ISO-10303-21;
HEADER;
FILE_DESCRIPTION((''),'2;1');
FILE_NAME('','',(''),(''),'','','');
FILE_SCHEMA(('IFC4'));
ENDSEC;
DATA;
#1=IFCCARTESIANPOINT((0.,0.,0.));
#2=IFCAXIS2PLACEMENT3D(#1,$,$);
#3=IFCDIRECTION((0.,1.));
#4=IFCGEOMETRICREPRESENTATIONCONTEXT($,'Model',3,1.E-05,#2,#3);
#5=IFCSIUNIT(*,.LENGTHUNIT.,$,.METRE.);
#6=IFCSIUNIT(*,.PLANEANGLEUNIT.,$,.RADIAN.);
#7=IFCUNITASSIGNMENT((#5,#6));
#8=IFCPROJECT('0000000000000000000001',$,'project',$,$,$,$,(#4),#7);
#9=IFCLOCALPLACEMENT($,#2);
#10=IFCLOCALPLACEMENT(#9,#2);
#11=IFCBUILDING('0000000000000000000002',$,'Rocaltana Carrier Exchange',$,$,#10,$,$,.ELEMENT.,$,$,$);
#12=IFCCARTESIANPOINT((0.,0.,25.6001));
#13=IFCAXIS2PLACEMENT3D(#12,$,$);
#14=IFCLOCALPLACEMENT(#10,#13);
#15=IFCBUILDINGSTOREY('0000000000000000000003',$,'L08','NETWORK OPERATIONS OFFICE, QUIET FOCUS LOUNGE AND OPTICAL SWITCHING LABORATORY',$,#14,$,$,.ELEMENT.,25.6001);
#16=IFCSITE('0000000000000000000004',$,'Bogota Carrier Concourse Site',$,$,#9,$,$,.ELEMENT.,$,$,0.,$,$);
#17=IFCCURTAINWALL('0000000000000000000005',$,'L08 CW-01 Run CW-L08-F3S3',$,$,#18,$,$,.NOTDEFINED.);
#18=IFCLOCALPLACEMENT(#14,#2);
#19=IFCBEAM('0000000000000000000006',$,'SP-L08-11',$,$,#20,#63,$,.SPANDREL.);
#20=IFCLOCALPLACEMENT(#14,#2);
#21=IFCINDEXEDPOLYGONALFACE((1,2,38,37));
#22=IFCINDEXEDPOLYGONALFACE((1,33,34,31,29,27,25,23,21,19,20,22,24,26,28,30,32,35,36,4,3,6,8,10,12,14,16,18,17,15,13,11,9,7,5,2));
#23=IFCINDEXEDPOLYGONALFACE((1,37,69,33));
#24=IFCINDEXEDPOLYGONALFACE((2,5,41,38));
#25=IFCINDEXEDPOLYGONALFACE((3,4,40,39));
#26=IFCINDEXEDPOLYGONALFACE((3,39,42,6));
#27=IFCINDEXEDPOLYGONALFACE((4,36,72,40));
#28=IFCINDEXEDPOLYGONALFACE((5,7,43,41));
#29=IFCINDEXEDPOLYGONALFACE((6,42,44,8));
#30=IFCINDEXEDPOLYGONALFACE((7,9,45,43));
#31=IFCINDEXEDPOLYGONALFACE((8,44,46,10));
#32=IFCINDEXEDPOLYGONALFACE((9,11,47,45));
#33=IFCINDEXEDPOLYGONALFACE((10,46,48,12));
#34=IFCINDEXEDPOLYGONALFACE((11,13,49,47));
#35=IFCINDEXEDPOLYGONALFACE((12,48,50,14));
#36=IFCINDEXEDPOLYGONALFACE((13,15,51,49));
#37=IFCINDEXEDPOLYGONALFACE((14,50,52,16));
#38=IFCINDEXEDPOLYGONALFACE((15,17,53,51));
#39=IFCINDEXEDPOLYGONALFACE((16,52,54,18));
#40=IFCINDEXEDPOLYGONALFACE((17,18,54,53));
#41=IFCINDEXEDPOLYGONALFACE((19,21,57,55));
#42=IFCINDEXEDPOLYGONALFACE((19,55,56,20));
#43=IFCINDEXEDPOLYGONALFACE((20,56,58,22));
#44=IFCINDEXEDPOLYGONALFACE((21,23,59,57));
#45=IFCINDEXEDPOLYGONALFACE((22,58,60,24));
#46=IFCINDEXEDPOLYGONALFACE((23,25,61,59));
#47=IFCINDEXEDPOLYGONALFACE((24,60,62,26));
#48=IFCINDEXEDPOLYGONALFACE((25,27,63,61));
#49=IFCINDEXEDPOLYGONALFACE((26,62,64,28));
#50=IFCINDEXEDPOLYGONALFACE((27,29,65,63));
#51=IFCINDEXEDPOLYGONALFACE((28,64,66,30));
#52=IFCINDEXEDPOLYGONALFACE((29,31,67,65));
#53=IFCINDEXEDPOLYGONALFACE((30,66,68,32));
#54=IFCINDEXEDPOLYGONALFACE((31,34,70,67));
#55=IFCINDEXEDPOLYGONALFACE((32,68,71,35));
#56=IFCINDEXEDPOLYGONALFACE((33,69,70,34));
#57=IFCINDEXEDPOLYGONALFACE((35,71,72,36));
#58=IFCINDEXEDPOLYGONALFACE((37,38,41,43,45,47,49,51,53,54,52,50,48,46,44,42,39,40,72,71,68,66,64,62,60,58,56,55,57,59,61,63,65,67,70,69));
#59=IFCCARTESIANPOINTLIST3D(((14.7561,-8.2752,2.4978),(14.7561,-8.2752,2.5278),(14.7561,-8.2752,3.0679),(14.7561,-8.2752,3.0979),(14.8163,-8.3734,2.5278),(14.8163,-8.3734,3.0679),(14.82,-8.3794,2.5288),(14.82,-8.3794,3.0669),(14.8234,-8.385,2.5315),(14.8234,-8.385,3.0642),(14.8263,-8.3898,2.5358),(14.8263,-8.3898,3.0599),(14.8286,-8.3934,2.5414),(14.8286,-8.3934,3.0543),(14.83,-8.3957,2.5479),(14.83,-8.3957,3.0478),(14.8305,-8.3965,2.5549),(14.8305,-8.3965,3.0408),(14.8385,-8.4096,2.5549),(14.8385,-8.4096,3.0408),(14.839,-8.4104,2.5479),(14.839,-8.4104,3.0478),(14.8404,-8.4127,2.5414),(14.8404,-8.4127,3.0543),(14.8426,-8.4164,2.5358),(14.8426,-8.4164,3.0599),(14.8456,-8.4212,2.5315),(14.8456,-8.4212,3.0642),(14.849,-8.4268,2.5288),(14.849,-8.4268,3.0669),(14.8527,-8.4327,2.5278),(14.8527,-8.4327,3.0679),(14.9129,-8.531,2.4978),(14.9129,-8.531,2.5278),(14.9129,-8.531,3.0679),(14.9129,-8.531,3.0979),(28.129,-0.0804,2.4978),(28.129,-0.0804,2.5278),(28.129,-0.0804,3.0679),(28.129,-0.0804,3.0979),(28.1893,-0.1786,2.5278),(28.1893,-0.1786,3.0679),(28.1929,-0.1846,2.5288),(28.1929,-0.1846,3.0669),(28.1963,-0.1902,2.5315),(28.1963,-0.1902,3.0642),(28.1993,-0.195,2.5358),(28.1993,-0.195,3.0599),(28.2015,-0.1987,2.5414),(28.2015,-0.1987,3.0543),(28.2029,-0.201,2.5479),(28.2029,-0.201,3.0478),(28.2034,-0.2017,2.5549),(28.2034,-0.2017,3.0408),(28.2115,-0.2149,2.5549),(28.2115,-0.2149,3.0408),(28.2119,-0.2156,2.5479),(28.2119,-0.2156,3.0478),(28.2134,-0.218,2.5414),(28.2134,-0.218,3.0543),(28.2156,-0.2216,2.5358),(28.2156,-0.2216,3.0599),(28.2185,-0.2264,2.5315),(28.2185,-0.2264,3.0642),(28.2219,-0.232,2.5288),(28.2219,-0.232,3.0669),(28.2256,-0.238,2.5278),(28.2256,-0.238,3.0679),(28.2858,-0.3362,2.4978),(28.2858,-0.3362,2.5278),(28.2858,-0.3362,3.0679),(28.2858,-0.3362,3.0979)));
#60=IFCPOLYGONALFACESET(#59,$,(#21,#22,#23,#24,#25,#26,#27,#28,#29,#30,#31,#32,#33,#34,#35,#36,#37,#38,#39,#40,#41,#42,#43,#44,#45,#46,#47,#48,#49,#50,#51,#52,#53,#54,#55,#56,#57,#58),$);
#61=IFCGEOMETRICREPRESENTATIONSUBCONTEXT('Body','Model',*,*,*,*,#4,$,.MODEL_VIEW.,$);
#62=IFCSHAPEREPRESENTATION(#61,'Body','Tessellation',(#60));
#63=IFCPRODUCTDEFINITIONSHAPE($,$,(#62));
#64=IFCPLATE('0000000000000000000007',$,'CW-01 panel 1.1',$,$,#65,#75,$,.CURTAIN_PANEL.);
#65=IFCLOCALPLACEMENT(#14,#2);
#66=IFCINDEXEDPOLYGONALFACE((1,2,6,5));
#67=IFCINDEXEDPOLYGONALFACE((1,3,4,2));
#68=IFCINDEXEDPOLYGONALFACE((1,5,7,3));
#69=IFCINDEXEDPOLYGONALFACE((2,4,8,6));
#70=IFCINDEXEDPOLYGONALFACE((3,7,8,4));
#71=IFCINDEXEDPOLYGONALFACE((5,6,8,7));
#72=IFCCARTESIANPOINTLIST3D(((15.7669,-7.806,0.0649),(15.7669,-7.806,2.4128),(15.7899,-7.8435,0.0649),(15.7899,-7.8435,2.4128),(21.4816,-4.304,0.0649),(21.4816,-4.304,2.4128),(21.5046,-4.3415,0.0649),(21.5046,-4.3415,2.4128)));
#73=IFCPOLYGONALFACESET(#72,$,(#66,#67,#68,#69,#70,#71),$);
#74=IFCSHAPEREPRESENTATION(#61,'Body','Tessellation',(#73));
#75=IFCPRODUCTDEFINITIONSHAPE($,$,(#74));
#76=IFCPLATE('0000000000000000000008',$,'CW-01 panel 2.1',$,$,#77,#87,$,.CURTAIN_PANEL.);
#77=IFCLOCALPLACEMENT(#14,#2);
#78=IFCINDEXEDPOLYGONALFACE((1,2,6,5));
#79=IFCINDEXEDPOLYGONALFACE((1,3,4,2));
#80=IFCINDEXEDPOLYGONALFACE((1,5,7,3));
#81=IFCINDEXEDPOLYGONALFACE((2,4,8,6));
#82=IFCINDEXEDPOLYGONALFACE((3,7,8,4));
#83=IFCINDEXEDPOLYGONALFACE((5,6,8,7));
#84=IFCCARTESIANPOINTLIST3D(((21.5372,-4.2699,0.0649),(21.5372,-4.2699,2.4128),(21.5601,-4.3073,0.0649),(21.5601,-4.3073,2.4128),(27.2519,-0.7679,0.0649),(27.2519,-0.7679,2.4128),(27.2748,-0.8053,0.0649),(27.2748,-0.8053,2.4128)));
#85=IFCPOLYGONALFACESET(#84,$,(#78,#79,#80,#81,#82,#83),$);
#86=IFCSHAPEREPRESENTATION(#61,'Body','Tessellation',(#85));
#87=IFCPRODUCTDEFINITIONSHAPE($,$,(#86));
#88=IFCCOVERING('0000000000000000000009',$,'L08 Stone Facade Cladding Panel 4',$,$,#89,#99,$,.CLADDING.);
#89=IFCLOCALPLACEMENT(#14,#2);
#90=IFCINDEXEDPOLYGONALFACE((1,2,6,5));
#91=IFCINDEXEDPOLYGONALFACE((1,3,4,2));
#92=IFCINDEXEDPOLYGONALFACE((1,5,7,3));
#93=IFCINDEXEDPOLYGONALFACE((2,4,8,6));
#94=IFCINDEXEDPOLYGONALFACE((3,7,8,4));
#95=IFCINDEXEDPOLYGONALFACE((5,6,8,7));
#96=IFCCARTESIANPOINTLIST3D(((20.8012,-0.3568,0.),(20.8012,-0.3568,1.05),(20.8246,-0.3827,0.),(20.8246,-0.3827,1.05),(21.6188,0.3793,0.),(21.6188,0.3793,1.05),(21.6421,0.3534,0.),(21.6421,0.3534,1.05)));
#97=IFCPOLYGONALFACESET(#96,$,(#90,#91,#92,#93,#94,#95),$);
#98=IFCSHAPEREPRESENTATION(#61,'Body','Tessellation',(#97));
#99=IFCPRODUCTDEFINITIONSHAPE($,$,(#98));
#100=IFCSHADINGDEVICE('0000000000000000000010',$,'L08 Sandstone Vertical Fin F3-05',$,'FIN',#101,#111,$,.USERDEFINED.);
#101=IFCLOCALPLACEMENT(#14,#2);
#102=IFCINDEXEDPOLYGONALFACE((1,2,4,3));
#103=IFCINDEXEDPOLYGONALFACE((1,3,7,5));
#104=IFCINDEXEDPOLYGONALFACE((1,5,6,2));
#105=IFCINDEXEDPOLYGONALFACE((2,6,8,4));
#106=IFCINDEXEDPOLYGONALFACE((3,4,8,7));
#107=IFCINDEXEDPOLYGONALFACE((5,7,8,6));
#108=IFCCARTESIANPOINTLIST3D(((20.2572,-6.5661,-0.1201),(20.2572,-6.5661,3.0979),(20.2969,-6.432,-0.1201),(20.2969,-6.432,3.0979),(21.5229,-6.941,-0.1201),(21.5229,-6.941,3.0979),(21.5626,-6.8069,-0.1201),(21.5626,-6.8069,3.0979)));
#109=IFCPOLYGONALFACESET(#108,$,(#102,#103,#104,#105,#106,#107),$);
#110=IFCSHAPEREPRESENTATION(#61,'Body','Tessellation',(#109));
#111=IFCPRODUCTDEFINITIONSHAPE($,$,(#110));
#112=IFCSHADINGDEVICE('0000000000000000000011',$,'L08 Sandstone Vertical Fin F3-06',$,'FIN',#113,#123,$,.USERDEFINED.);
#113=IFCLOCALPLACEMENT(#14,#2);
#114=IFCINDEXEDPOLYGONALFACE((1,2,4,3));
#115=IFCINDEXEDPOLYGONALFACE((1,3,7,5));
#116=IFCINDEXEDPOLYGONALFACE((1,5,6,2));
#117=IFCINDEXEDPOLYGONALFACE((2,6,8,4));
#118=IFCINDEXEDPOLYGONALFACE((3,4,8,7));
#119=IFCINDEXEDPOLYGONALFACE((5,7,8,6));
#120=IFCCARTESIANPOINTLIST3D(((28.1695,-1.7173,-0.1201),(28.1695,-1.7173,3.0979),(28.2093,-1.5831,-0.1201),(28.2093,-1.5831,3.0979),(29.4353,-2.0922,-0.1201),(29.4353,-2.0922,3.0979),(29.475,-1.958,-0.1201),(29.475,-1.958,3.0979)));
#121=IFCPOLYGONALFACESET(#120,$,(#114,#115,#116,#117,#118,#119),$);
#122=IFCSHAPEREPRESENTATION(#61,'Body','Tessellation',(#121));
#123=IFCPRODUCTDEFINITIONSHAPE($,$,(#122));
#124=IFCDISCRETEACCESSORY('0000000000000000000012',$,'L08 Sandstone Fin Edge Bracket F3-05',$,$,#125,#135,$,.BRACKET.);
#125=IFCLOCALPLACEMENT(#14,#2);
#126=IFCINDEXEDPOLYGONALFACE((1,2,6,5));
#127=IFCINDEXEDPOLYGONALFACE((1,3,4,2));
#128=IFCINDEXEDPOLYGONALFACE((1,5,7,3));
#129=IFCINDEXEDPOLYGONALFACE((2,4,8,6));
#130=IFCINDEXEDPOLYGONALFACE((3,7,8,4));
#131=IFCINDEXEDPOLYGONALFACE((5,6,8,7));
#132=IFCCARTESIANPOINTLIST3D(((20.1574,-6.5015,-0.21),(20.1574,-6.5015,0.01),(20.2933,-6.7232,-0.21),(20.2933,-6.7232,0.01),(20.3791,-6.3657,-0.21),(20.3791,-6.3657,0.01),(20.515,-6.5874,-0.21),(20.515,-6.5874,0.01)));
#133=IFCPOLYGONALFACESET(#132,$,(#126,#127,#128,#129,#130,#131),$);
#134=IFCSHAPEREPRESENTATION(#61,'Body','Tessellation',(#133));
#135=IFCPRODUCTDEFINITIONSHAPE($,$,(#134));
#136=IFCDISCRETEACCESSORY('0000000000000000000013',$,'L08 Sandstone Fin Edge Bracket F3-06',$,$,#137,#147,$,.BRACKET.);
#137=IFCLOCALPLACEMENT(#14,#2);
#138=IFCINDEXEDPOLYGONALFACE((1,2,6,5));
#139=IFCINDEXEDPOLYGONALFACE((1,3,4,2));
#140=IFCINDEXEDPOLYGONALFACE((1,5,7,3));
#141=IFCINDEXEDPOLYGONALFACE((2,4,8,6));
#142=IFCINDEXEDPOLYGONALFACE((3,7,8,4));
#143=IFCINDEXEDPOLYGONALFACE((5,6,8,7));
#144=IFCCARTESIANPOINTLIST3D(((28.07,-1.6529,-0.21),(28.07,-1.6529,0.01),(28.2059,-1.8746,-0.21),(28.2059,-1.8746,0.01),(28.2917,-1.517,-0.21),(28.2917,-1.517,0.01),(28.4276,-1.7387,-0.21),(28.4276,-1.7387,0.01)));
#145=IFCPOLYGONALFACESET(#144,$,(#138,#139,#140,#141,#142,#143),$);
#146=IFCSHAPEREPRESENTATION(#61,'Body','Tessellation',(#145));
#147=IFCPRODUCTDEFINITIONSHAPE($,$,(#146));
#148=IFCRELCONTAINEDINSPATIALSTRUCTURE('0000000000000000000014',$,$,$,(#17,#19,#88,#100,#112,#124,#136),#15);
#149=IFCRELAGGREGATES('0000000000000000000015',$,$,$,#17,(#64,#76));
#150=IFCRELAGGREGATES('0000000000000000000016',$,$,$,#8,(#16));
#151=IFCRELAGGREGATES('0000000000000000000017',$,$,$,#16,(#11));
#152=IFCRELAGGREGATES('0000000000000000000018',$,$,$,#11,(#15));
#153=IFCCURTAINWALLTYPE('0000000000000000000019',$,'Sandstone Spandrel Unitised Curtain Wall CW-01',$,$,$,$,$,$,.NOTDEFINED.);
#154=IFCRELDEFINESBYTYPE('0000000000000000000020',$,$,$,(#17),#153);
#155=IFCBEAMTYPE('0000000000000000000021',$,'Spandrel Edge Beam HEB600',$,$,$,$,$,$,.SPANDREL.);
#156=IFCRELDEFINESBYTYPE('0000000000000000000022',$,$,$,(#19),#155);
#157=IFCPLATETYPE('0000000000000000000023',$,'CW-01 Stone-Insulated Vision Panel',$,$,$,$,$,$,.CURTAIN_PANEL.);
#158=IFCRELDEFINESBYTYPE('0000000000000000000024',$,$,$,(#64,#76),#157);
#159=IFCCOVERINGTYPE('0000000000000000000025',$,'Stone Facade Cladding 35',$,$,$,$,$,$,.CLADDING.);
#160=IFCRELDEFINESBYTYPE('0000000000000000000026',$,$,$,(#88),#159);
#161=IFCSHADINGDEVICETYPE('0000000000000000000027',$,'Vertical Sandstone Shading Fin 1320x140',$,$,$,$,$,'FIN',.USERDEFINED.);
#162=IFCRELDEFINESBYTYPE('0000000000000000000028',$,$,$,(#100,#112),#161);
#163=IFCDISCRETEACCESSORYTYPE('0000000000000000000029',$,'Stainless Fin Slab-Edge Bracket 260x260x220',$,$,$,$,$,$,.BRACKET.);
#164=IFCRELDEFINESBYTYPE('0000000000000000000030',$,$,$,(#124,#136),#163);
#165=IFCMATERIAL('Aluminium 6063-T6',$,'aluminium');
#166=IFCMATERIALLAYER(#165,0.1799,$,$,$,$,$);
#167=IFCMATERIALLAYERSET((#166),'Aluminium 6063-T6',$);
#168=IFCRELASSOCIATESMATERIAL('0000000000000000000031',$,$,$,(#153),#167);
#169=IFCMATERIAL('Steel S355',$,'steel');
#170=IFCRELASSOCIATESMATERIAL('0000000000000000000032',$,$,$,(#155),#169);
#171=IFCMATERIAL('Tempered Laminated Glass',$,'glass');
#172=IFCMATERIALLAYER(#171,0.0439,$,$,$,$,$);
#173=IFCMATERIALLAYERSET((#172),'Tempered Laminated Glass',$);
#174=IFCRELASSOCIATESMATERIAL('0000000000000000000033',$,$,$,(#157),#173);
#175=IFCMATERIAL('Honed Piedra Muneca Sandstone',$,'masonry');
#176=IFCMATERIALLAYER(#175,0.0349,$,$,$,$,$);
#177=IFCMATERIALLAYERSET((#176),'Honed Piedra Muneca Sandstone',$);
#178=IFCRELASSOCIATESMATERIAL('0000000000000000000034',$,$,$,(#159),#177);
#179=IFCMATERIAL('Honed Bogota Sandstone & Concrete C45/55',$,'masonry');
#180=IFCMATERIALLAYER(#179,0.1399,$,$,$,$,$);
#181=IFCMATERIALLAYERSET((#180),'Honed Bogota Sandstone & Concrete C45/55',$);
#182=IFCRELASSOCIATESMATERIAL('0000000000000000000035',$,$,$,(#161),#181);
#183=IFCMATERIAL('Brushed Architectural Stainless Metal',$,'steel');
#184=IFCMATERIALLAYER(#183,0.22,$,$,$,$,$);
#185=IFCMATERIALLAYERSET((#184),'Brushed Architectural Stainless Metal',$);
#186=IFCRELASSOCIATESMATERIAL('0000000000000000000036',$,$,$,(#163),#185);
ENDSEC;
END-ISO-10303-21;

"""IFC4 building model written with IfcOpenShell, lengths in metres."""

from ifc_helpers import new_model, si_unit, direction, frame, origin, origin_2d, place, context, subcontext, project, spatial, rectangle, i_section, extrude, material, layer, layer_set, material_profile, profile_set, type_object, element, aggregate, save


model = new_model("IFC4")

# Units and contexts
model_context = context("Model", 3, precision=1e-05, world=origin(), true_north=direction((0.0, 1.0)))
body_context = subcontext(model_context, "Body", "Model", "MODEL_VIEW")
ifc_project = project(units=[si_unit("LENGTHUNIT", "METRE"), si_unit("PLANEANGLEUNIT", "RADIAN")], contexts=[model_context])

# Site, building, storey
site_placement = place(None, origin())
site = spatial("IfcSite", under=ifc_project, at=site_placement, Name="Bogota Carrier Concourse Site", CompositionType="ELEMENT", RefElevation=0.0)
building_placement = place(site_placement, origin())
building = spatial("IfcBuilding", under=site, at=building_placement, Name="Rocaltana Carrier Exchange", CompositionType="ELEMENT")
storey_placement = place(building_placement, frame((0.0, 0.0, 25.6001)))
storey = spatial("IfcBuildingStorey", under=building, at=storey_placement, Name="L08", Description="NETWORK OPERATIONS OFFICE, QUIET FOCUS LOUNGE AND OPTICAL SWITCHING LABORATORY", CompositionType="ELEMENT", Elevation=25.6001)

# Curtain wall
ifc_material_1 = material(Name="Aluminium 6063-T6", Category="aluminium")
ifc_layer_1 = layer(ifc_material_1, 0.1799)
ifc_layer_set_1 = layer_set([ifc_layer_1], Name="Aluminium 6063-T6")
curtain_wall_type = type_object("IfcCurtainWallType", Name="Sandstone Spandrel Unitised Curtain Wall CW-01", PredefinedType="NOTDEFINED", material=ifc_layer_set_1)
curtain_wall_placement = place(storey_placement, origin())
curtain_wall = element("IfcCurtainWall", 1, at=curtain_wall_placement, inside=storey, type_object=curtain_wall_type, Name="L08 CW-01 Run CW-L08-F3S3", PredefinedType="NOTDEFINED")

# Beam
ifc_material_2 = material(Name="Steel S355", Category="steel")
ifc_material_profile_1 = material_profile(ifc_material_2, i_section(OverallWidth=0.3, OverallDepth=0.6001, WebThickness=0.0154, FlangeThickness=0.03, FilletRadius=0.0271, at=origin_2d()), Name="HEB600")
ifc_profile_set_1 = profile_set([ifc_material_profile_1], Name="Steel S355")
beam_type_1 = type_object("IfcBeamType", Name="Spandrel Edge Beam HEB600", PredefinedType="SPANDREL", material=ifc_profile_set_1)
beam_1_placement = place(storey_placement, frame((14.8345, -8.4031, 2.7979), z_axis=(0.852646, 0.52249, 0.0), x_axis=(-0.52249, 0.852646, 0.0)))
element("IfcBeam", 2, at=beam_1_placement, inside=storey, type_object=beam_type_1, Name="SP-L08-11", PredefinedType="SPANDREL", context=body_context, shape_type="SweptSolid", body=[
    extrude(i_section(OverallWidth=0.3, OverallDepth=0.6001, WebThickness=0.0154, FlangeThickness=0.03, FilletRadius=0.0271, at=origin_2d()), origin(), (0.0, 0.0, 1.0), 15.6841),
])

# Plates
ifc_material_3 = material(Name="Tempered Laminated Glass", Category="glass")
ifc_layer_2 = layer(ifc_material_3, 0.0439)
ifc_layer_set_2 = layer_set([ifc_layer_2], Name="Tempered Laminated Glass")
plate_type = type_object("IfcPlateType", Name="CW-01 Stone-Insulated Vision Panel", PredefinedType="CURTAIN_PANEL", material=ifc_layer_set_2)
plate_1_placement = place(storey_placement, frame((18.6357, -6.0737, 0.0649), z_axis=(0.0, 0.0, 1.0), x_axis=(0.852639, 0.5225, 0.0)))
plate_1 = element("IfcPlate", 3, at=plate_1_placement, type_object=plate_type, Name="CW-01 panel 1.1", PredefinedType="CURTAIN_PANEL", context=body_context, shape_type="SweptSolid", body=[
    extrude(rectangle(XDim=6.7024, YDim=0.0439, at=origin_2d()), origin(), (0.0, 0.0, 1.0), 2.3479),
])
plate_2_placement = place(storey_placement, frame((24.406, -2.5376, 0.0649), z_axis=(0.0, 0.0, 1.0), x_axis=(0.852639, 0.5225, 0.0)))
plate_2 = element("IfcPlate", 4, at=plate_2_placement, type_object=plate_type, Name="CW-01 panel 2.1", PredefinedType="CURTAIN_PANEL", context=body_context, shape_type="SweptSolid", body=[
    extrude(rectangle(XDim=6.7024, YDim=0.0439, at=origin_2d()), origin(), (0.0, 0.0, 1.0), 2.3479),
])
aggregate(curtain_wall, [plate_1, plate_2])

# Covering
ifc_material_4 = material(Name="Honed Piedra Muneca Sandstone", Category="masonry")
ifc_layer_3 = layer(ifc_material_4, 0.0349)
ifc_layer_set_3 = layer_set([ifc_layer_3], Name="Honed Piedra Muneca Sandstone")
covering_type = type_object("IfcCoveringType", Name="Stone Facade Cladding 35", PredefinedType="CLADDING", material=ifc_layer_set_3)
covering_placement = place(storey_placement, frame((21.2217, -0.0017, 0.0), z_axis=(0.0, 0.0, 1.0), x_axis=(0.743145, 0.669131, 0.0)))
element("IfcCovering", 5, at=covering_placement, inside=storey, type_object=covering_type, Name="L08 Stone Facade Cladding Panel 4", PredefinedType="CLADDING", context=body_context, shape_type="SweptSolid", body=[
    extrude(rectangle(XDim=1.1001, YDim=0.0349, at=origin_2d()), origin(), (0.0, 0.0, 1.0), 1.05),
])

# Shading devices
ifc_material_5 = material(Name="Honed Bogota Sandstone & Concrete C45/55", Category="masonry")
ifc_layer_4 = layer(ifc_material_5, 0.1399)
ifc_layer_set_4 = layer_set([ifc_layer_4], Name="Honed Bogota Sandstone & Concrete C45/55")
shading_device_type = type_object("IfcShadingDeviceType", Name="Vertical Sandstone Shading Fin 1320x140", ElementType="FIN", PredefinedType="USERDEFINED", material=ifc_layer_set_4)
for number, where, z_axis, x_axis, name in (
    (6, (20.9099, -6.6865, -0.1201), (0.0, 0.0, 1.0), (0.95882, -0.284015, 0.0), "L08 Sandstone Vertical Fin F3-05"),
    (7, (28.8223, -1.8376, -0.1201), (0.0, 0.0, 1.0), (0.95882, -0.284015, 0.0), "L08 Sandstone Vertical Fin F3-06"),
):
    element("IfcShadingDevice", number, at=place(storey_placement, frame(where, z_axis=z_axis, x_axis=x_axis)), inside=storey, type_object=shading_device_type, Name=name, ObjectType="FIN", PredefinedType="USERDEFINED", context=body_context, shape_type="SweptSolid", body=[
        extrude(rectangle(XDim=1.3201, YDim=0.1399, at=origin_2d()), origin(), (0.0, 0.0, 1.0), 3.218),
    ])

# Discrete accessories
ifc_material_6 = material(Name="Brushed Architectural Stainless Metal", Category="steel")
ifc_layer_5 = layer(ifc_material_6, 0.22)
ifc_layer_set_5 = layer_set([ifc_layer_5], Name="Brushed Architectural Stainless Metal")
discrete_accessory_type = type_object("IfcDiscreteAccessoryType", Name="Stainless Fin Slab-Edge Bracket 260x260x220", PredefinedType="BRACKET", material=ifc_layer_set_5)
for number, where, z_axis, x_axis, name in (
    (8, (20.3362, -6.5444, -0.21), (0.0, 0.0, 1.0), (0.85264, 0.522499, 0.0), "L08 Sandstone Fin Edge Bracket F3-05"),
    (9, (28.2488, -1.6958, -0.21), (0.0, 0.0, 1.0), (0.85264, 0.522499, 0.0), "L08 Sandstone Fin Edge Bracket F3-06"),
):
    element("IfcDiscreteAccessory", number, at=place(storey_placement, frame(where, z_axis=z_axis, x_axis=x_axis)), inside=storey, type_object=discrete_accessory_type, Name=name, PredefinedType="BRACKET", context=body_context, shape_type="SweptSolid", body=[
        extrude(rectangle(XDim=0.26, YDim=0.26, at=origin_2d()), origin(), (0.0, 0.0, 1.0), 0.22),
    ])

save(model, "model.ifc")
